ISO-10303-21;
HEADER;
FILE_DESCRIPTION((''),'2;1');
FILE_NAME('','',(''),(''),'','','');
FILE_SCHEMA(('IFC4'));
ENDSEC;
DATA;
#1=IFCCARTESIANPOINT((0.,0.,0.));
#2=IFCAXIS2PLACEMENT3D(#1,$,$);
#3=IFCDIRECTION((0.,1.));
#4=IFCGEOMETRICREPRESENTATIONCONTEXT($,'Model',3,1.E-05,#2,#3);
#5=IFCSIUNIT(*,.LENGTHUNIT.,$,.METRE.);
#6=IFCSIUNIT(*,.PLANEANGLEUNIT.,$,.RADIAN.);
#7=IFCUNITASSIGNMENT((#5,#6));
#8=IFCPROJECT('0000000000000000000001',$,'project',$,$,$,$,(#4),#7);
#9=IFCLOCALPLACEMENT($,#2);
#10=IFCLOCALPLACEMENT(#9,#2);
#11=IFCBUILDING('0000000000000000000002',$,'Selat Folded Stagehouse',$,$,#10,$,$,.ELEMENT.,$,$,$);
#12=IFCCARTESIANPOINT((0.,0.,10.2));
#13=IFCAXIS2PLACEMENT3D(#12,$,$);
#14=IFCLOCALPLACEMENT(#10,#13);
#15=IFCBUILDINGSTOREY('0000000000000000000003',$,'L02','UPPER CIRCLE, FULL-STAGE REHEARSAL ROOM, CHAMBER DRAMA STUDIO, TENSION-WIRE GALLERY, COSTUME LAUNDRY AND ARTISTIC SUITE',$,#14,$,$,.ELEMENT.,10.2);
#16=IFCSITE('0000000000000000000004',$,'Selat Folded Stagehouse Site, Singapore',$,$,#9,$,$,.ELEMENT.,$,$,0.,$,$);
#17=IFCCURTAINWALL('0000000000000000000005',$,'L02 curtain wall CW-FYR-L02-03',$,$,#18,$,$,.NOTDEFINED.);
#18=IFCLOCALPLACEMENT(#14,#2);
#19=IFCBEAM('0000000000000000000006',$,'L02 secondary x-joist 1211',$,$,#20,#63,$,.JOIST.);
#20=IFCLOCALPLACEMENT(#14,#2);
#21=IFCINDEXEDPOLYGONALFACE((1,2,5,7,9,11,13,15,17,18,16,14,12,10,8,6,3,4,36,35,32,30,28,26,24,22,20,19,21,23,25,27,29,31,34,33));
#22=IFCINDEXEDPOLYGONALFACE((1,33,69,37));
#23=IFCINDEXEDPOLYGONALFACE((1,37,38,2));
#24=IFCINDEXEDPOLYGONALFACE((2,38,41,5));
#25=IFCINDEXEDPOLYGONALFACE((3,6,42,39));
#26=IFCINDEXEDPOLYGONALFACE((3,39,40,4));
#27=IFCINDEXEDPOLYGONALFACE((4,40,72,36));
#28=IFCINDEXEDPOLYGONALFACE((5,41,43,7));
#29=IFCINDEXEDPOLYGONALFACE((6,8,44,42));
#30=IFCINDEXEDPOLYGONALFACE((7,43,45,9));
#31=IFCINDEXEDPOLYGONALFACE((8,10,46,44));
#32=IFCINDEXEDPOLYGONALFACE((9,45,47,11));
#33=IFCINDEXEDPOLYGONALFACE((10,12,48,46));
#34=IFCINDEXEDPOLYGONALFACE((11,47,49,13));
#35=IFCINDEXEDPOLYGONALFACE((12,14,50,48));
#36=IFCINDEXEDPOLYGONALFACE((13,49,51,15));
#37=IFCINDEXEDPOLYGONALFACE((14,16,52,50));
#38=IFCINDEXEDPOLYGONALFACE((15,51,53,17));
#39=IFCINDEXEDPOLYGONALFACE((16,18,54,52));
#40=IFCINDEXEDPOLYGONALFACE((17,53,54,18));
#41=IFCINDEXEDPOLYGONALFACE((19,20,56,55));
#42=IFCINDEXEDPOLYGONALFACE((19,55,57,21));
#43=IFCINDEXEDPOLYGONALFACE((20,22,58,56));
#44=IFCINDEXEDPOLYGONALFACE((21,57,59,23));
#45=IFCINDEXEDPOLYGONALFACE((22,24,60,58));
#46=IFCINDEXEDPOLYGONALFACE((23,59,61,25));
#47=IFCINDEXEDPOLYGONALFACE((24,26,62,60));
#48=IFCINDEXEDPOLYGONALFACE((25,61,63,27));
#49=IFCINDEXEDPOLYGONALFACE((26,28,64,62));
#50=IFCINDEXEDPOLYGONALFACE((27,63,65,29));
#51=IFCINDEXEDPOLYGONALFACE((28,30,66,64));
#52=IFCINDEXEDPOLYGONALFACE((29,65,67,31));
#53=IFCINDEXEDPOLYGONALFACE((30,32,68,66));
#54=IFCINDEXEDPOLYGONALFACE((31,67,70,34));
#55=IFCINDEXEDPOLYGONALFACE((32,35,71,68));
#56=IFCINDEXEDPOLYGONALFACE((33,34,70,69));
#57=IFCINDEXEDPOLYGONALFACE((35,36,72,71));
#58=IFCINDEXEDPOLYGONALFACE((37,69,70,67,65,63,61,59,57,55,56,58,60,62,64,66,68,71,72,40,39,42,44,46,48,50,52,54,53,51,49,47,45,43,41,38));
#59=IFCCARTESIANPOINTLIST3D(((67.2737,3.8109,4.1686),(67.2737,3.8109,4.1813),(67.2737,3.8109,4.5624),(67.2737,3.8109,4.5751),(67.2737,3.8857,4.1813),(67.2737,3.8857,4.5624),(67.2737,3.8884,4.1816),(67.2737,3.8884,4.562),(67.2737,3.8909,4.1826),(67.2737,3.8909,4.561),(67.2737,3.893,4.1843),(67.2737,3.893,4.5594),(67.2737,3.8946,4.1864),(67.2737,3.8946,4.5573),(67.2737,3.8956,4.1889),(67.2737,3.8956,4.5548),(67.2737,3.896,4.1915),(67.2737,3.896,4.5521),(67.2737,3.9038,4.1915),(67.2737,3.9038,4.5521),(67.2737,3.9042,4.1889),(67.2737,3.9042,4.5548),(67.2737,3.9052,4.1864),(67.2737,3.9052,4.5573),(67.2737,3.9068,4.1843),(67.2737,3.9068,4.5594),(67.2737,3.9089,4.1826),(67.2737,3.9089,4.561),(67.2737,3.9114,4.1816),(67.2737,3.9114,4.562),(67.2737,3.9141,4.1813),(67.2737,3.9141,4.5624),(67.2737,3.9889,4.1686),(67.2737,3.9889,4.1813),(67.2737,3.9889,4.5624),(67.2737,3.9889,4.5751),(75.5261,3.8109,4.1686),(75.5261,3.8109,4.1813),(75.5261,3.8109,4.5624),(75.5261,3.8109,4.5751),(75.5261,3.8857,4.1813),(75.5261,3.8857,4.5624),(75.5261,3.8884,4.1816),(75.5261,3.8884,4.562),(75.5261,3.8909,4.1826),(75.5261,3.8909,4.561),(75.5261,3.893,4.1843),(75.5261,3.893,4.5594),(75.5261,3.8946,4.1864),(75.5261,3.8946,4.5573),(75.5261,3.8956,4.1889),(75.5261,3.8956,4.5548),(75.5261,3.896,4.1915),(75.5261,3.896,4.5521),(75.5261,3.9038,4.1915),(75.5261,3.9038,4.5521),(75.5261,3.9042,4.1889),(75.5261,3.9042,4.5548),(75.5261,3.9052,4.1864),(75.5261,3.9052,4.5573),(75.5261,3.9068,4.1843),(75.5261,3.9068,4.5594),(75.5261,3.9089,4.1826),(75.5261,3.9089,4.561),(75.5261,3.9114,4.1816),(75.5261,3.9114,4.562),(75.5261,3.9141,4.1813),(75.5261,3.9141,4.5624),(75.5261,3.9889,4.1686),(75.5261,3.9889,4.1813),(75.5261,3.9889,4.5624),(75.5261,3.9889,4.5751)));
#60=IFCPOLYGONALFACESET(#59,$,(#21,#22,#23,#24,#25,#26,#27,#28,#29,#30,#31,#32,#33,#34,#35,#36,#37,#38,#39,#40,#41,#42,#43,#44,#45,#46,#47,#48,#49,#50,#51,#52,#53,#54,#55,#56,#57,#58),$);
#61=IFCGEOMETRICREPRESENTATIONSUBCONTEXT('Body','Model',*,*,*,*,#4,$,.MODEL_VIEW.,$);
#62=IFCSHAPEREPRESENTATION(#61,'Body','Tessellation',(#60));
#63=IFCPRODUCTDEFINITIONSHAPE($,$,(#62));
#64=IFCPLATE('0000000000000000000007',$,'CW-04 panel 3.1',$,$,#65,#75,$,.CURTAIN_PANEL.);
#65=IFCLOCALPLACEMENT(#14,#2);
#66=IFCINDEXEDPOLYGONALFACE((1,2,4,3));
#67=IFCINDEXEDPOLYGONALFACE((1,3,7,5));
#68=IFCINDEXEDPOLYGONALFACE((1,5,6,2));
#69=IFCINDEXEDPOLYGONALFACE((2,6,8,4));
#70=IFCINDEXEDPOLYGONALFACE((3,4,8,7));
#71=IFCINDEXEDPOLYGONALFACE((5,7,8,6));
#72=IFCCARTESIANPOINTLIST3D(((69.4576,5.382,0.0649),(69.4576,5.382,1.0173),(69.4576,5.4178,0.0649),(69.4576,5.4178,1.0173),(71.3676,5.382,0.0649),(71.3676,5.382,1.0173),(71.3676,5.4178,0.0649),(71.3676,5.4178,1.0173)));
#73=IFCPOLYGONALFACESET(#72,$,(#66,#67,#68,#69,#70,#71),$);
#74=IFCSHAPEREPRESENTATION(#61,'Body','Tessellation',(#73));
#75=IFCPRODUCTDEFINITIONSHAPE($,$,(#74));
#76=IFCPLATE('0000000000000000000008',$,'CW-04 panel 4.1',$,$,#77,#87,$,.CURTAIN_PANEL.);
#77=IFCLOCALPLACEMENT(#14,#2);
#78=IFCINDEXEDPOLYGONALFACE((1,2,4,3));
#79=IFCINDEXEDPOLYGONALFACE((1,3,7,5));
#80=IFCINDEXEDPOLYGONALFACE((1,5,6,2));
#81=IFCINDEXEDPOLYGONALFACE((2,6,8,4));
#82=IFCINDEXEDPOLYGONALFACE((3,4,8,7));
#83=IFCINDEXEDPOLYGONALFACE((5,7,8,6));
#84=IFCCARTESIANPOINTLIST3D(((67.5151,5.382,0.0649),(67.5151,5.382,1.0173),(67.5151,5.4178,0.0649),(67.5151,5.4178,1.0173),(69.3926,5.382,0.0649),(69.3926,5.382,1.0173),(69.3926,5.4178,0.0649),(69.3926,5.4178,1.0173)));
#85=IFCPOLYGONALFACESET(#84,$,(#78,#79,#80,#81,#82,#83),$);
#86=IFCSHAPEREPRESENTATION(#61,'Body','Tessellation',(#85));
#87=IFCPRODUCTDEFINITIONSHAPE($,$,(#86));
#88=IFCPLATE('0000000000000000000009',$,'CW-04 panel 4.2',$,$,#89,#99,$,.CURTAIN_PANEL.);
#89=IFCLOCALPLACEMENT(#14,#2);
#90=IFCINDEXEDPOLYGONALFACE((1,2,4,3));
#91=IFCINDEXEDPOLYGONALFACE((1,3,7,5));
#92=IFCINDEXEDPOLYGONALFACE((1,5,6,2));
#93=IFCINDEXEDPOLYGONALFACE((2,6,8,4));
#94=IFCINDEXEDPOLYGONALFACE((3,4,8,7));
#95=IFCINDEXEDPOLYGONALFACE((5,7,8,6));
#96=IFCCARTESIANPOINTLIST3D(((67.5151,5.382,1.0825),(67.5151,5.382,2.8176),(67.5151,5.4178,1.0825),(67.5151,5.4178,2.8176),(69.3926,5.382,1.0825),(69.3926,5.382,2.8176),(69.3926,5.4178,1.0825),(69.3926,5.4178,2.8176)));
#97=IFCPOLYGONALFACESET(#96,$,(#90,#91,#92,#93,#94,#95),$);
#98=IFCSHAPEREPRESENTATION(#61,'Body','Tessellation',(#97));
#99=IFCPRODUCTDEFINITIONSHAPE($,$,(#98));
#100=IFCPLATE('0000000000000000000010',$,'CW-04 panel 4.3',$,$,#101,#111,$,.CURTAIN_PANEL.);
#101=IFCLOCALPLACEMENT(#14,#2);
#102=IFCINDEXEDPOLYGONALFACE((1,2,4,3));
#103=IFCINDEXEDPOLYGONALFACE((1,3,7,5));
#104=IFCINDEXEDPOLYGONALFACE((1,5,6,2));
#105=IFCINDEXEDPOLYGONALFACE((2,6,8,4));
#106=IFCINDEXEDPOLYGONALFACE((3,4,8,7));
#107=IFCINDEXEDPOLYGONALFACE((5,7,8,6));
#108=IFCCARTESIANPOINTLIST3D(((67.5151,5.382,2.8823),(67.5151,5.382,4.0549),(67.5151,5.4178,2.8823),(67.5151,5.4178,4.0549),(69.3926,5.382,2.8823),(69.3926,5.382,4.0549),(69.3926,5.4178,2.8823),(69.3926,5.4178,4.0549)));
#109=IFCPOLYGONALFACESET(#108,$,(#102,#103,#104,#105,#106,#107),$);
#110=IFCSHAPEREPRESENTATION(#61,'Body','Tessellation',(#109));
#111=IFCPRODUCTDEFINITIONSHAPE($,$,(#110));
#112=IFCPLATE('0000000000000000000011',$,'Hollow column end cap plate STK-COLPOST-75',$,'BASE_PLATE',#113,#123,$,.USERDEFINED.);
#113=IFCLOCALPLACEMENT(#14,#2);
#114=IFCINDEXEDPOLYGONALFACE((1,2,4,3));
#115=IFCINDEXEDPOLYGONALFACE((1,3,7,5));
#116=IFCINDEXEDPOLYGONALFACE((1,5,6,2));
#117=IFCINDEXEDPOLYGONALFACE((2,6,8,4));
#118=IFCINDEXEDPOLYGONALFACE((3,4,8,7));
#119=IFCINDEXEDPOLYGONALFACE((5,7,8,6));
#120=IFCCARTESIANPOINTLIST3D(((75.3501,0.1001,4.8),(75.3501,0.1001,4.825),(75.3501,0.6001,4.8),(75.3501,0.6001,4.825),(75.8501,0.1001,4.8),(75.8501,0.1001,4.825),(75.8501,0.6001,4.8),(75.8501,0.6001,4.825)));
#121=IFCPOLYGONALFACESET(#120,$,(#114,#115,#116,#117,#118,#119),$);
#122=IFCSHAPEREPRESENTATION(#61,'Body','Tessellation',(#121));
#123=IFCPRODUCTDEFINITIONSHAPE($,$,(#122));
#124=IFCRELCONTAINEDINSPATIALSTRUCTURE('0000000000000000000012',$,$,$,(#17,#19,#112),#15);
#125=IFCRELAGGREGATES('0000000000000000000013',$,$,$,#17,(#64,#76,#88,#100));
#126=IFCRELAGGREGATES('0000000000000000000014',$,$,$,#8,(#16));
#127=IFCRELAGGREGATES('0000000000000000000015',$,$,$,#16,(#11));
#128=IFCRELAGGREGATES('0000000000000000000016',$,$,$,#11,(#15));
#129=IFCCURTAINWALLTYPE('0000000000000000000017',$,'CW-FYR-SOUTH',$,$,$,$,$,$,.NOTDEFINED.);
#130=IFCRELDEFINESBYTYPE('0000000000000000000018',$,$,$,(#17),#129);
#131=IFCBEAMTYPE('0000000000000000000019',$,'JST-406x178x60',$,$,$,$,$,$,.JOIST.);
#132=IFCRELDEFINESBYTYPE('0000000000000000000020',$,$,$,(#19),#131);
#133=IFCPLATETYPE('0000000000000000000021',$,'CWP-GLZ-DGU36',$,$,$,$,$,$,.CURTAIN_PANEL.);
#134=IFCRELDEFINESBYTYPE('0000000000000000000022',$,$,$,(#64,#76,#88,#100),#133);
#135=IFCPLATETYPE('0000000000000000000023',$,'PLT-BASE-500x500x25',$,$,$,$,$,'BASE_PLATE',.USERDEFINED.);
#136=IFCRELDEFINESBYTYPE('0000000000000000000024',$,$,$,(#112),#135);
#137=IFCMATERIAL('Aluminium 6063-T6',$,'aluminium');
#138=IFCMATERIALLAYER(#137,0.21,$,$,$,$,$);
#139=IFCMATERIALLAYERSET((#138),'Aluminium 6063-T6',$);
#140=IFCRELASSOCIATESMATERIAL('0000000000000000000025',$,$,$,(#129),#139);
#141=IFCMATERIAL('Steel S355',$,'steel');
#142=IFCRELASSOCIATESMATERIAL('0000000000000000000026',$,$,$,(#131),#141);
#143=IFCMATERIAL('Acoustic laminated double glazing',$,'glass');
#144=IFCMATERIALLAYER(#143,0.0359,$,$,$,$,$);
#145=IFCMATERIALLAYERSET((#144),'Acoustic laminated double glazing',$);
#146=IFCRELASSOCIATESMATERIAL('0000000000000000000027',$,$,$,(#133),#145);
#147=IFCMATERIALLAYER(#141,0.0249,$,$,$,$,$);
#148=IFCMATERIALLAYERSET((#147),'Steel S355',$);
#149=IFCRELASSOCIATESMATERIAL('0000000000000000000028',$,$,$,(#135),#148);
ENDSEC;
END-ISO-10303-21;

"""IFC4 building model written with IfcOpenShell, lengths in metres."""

from ifc_helpers import new_model, si_unit, direction, frame, origin, origin_2d, place, context, subcontext, project, spatial, rectangle, i_section, extrude, material, layer, layer_set, material_profile, profile_set, type_object, element, aggregate, save


model = new_model("IFC4")

# Units and contexts
model_context = context("Model", 3, precision=1e-05, world=origin(), true_north=direction((0.0, 1.0)))
body_context = subcontext(model_context, "Body", "Model", "MODEL_VIEW")
ifc_project = project(units=[si_unit("LENGTHUNIT", "METRE"), si_unit("PLANEANGLEUNIT", "RADIAN")], contexts=[model_context])

# Site, building, storey
site_placement = place(None, origin())
site = spatial("IfcSite", under=ifc_project, at=site_placement, Name="Selat Folded Stagehouse Site, Singapore", CompositionType="ELEMENT", RefElevation=0.0)
building_placement = place(site_placement, origin())
building = spatial("IfcBuilding", under=site, at=building_placement, Name="Selat Folded Stagehouse", CompositionType="ELEMENT")
storey_placement = place(building_placement, frame((0.0, 0.0, 10.2)))
storey = spatial("IfcBuildingStorey", under=building, at=storey_placement, Name="L02", Description="UPPER CIRCLE, FULL-STAGE REHEARSAL ROOM, CHAMBER DRAMA STUDIO, TENSION-WIRE GALLERY, COSTUME LAUNDRY AND ARTISTIC SUITE", CompositionType="ELEMENT", Elevation=10.2)

# Shared definitions
ifc_material_1 = material(Name="Steel S355", Category="steel")

# Curtain wall
ifc_material_2 = material(Name="Aluminium 6063-T6", Category="aluminium")
ifc_layer_1 = layer(ifc_material_2, 0.21)
ifc_layer_set_1 = layer_set([ifc_layer_1], Name="Aluminium 6063-T6")
curtain_wall_type = type_object("IfcCurtainWallType", Name="CW-FYR-SOUTH", PredefinedType="NOTDEFINED", material=ifc_layer_set_1)
curtain_wall_placement = place(storey_placement, origin())
curtain_wall = element("IfcCurtainWall", 1, at=curtain_wall_placement, inside=storey, type_object=curtain_wall_type, Name="L02 curtain wall CW-FYR-L02-03", PredefinedType="NOTDEFINED")

# Beam
ifc_material_profile_1 = material_profile(ifc_material_1, i_section(OverallWidth=0.178, OverallDepth=0.4065, WebThickness=0.0078, FlangeThickness=0.0127, FilletRadius=0.0103, at=origin_2d()), Name="UKB 406x178x60")
ifc_profile_set_1 = profile_set([ifc_material_profile_1], Name="Steel S355")
beam_type_1 = type_object("IfcBeamType", Name="JST-406x178x60", PredefinedType="JOIST", material=ifc_profile_set_1)
for number, where, z_axis, x_axis, name in (
    (2, (67.2737, 3.8999, 4.3718), (1.0, 0.0, 0.0), (0.0, 1.0, 0.0), "L02 secondary x-joist 1211"),
):
    element("IfcBeam", number, at=place(storey_placement, frame(where, z_axis=z_axis, x_axis=x_axis)), inside=storey, type_object=beam_type_1, Name=name, PredefinedType="JOIST", context=body_context, shape_type="SweptSolid", body=[
        extrude(i_section(OverallWidth=0.178, OverallDepth=0.4065, WebThickness=0.0078, FlangeThickness=0.0127, FilletRadius=0.0103, at=origin_2d()), origin(), (0.0, 0.0, 1.0), 8.2524),
    ])

# Plates
ifc_material_3 = material(Name="Acoustic laminated double glazing", Category="glass")
ifc_layer_2 = layer(ifc_material_3, 0.0359)
ifc_layer_set_2 = layer_set([ifc_layer_2], Name="Acoustic laminated double glazing")
plate_type_1 = type_object("IfcPlateType", Name="CWP-GLZ-DGU36", PredefinedType="CURTAIN_PANEL", material=ifc_layer_set_2)
plate_1_placement = place(storey_placement, frame((70.4126, 5.3999, 0.0649), z_axis=(0.0, 0.0, 1.0), x_axis=(-1.0, 0.0, 0.0)))
plate_1 = element("IfcPlate", 3, at=plate_1_placement, type_object=plate_type_1, Name="CW-04 panel 3.1", PredefinedType="CURTAIN_PANEL", context=body_context, shape_type="SweptSolid", body=[
    extrude(rectangle(XDim=1.9099, YDim=0.0359, at=origin_2d()), origin(), (0.0, 0.0, 1.0), 0.9524),
])
plate_2_placement = place(storey_placement, frame((68.4539, 5.3999, 0.0649), z_axis=(0.0, 0.0, 1.0), x_axis=(-1.0, 0.0, 0.0)))
plate_2 = element("IfcPlate", 4, at=plate_2_placement, type_object=plate_type_1, Name="CW-04 panel 4.1", PredefinedType="CURTAIN_PANEL", context=body_context, shape_type="SweptSolid", body=[
    extrude(rectangle(XDim=1.8774, YDim=0.0359, at=origin_2d()), origin(), (0.0, 0.0, 1.0), 0.9524),
])
plate_3_placement = place(storey_placement, frame((68.4539, 5.3999, 1.0825), z_axis=(0.0, 0.0, 1.0), x_axis=(-1.0, 0.0, 0.0)))
plate_3 = element("IfcPlate", 5, at=plate_3_placement, type_object=plate_type_1, Name="CW-04 panel 4.2", PredefinedType="CURTAIN_PANEL", context=body_context, shape_type="SweptSolid", body=[
    extrude(rectangle(XDim=1.8774, YDim=0.0359, at=origin_2d()), origin(), (0.0, 0.0, 1.0), 1.7351),
])
plate_4_placement = place(storey_placement, frame((68.4539, 5.3999, 2.8823), z_axis=(0.0, 0.0, 1.0), x_axis=(-1.0, 0.0, 0.0)))
plate_4 = element("IfcPlate", 6, at=plate_4_placement, type_object=plate_type_1, Name="CW-04 panel 4.3", PredefinedType="CURTAIN_PANEL", context=body_context, shape_type="SweptSolid", body=[
    extrude(rectangle(XDim=1.8774, YDim=0.0359, at=origin_2d()), origin(), (0.0, 0.0, 1.0), 1.1726),
])
aggregate(curtain_wall, [plate_1, plate_2, plate_3, plate_4])
ifc_layer_3 = layer(ifc_material_1, 0.0249)
ifc_layer_set_3 = layer_set([ifc_layer_3], Name="Steel S355")
plate_type_2 = type_object("IfcPlateType", Name="PLT-BASE-500x500x25", ElementType="BASE_PLATE", PredefinedType="USERDEFINED", material=ifc_layer_set_3)
plate_5_placement = place(storey_placement, frame((75.6001, 0.3501, 4.8), z_axis=(0.0, 0.0, 1.0), x_axis=(1.0, 0.0, 0.0)))
element("IfcPlate", 7, at=plate_5_placement, inside=storey, type_object=plate_type_2, Name="Hollow column end cap plate STK-COLPOST-75", ObjectType="BASE_PLATE", PredefinedType="USERDEFINED", context=body_context, shape_type="SweptSolid", body=[
    extrude(rectangle(XDim=0.5, YDim=0.5, at=origin_2d()), origin(), (0.0, 0.0, 1.0), 0.0249),
])

save(model, "model.ifc")
